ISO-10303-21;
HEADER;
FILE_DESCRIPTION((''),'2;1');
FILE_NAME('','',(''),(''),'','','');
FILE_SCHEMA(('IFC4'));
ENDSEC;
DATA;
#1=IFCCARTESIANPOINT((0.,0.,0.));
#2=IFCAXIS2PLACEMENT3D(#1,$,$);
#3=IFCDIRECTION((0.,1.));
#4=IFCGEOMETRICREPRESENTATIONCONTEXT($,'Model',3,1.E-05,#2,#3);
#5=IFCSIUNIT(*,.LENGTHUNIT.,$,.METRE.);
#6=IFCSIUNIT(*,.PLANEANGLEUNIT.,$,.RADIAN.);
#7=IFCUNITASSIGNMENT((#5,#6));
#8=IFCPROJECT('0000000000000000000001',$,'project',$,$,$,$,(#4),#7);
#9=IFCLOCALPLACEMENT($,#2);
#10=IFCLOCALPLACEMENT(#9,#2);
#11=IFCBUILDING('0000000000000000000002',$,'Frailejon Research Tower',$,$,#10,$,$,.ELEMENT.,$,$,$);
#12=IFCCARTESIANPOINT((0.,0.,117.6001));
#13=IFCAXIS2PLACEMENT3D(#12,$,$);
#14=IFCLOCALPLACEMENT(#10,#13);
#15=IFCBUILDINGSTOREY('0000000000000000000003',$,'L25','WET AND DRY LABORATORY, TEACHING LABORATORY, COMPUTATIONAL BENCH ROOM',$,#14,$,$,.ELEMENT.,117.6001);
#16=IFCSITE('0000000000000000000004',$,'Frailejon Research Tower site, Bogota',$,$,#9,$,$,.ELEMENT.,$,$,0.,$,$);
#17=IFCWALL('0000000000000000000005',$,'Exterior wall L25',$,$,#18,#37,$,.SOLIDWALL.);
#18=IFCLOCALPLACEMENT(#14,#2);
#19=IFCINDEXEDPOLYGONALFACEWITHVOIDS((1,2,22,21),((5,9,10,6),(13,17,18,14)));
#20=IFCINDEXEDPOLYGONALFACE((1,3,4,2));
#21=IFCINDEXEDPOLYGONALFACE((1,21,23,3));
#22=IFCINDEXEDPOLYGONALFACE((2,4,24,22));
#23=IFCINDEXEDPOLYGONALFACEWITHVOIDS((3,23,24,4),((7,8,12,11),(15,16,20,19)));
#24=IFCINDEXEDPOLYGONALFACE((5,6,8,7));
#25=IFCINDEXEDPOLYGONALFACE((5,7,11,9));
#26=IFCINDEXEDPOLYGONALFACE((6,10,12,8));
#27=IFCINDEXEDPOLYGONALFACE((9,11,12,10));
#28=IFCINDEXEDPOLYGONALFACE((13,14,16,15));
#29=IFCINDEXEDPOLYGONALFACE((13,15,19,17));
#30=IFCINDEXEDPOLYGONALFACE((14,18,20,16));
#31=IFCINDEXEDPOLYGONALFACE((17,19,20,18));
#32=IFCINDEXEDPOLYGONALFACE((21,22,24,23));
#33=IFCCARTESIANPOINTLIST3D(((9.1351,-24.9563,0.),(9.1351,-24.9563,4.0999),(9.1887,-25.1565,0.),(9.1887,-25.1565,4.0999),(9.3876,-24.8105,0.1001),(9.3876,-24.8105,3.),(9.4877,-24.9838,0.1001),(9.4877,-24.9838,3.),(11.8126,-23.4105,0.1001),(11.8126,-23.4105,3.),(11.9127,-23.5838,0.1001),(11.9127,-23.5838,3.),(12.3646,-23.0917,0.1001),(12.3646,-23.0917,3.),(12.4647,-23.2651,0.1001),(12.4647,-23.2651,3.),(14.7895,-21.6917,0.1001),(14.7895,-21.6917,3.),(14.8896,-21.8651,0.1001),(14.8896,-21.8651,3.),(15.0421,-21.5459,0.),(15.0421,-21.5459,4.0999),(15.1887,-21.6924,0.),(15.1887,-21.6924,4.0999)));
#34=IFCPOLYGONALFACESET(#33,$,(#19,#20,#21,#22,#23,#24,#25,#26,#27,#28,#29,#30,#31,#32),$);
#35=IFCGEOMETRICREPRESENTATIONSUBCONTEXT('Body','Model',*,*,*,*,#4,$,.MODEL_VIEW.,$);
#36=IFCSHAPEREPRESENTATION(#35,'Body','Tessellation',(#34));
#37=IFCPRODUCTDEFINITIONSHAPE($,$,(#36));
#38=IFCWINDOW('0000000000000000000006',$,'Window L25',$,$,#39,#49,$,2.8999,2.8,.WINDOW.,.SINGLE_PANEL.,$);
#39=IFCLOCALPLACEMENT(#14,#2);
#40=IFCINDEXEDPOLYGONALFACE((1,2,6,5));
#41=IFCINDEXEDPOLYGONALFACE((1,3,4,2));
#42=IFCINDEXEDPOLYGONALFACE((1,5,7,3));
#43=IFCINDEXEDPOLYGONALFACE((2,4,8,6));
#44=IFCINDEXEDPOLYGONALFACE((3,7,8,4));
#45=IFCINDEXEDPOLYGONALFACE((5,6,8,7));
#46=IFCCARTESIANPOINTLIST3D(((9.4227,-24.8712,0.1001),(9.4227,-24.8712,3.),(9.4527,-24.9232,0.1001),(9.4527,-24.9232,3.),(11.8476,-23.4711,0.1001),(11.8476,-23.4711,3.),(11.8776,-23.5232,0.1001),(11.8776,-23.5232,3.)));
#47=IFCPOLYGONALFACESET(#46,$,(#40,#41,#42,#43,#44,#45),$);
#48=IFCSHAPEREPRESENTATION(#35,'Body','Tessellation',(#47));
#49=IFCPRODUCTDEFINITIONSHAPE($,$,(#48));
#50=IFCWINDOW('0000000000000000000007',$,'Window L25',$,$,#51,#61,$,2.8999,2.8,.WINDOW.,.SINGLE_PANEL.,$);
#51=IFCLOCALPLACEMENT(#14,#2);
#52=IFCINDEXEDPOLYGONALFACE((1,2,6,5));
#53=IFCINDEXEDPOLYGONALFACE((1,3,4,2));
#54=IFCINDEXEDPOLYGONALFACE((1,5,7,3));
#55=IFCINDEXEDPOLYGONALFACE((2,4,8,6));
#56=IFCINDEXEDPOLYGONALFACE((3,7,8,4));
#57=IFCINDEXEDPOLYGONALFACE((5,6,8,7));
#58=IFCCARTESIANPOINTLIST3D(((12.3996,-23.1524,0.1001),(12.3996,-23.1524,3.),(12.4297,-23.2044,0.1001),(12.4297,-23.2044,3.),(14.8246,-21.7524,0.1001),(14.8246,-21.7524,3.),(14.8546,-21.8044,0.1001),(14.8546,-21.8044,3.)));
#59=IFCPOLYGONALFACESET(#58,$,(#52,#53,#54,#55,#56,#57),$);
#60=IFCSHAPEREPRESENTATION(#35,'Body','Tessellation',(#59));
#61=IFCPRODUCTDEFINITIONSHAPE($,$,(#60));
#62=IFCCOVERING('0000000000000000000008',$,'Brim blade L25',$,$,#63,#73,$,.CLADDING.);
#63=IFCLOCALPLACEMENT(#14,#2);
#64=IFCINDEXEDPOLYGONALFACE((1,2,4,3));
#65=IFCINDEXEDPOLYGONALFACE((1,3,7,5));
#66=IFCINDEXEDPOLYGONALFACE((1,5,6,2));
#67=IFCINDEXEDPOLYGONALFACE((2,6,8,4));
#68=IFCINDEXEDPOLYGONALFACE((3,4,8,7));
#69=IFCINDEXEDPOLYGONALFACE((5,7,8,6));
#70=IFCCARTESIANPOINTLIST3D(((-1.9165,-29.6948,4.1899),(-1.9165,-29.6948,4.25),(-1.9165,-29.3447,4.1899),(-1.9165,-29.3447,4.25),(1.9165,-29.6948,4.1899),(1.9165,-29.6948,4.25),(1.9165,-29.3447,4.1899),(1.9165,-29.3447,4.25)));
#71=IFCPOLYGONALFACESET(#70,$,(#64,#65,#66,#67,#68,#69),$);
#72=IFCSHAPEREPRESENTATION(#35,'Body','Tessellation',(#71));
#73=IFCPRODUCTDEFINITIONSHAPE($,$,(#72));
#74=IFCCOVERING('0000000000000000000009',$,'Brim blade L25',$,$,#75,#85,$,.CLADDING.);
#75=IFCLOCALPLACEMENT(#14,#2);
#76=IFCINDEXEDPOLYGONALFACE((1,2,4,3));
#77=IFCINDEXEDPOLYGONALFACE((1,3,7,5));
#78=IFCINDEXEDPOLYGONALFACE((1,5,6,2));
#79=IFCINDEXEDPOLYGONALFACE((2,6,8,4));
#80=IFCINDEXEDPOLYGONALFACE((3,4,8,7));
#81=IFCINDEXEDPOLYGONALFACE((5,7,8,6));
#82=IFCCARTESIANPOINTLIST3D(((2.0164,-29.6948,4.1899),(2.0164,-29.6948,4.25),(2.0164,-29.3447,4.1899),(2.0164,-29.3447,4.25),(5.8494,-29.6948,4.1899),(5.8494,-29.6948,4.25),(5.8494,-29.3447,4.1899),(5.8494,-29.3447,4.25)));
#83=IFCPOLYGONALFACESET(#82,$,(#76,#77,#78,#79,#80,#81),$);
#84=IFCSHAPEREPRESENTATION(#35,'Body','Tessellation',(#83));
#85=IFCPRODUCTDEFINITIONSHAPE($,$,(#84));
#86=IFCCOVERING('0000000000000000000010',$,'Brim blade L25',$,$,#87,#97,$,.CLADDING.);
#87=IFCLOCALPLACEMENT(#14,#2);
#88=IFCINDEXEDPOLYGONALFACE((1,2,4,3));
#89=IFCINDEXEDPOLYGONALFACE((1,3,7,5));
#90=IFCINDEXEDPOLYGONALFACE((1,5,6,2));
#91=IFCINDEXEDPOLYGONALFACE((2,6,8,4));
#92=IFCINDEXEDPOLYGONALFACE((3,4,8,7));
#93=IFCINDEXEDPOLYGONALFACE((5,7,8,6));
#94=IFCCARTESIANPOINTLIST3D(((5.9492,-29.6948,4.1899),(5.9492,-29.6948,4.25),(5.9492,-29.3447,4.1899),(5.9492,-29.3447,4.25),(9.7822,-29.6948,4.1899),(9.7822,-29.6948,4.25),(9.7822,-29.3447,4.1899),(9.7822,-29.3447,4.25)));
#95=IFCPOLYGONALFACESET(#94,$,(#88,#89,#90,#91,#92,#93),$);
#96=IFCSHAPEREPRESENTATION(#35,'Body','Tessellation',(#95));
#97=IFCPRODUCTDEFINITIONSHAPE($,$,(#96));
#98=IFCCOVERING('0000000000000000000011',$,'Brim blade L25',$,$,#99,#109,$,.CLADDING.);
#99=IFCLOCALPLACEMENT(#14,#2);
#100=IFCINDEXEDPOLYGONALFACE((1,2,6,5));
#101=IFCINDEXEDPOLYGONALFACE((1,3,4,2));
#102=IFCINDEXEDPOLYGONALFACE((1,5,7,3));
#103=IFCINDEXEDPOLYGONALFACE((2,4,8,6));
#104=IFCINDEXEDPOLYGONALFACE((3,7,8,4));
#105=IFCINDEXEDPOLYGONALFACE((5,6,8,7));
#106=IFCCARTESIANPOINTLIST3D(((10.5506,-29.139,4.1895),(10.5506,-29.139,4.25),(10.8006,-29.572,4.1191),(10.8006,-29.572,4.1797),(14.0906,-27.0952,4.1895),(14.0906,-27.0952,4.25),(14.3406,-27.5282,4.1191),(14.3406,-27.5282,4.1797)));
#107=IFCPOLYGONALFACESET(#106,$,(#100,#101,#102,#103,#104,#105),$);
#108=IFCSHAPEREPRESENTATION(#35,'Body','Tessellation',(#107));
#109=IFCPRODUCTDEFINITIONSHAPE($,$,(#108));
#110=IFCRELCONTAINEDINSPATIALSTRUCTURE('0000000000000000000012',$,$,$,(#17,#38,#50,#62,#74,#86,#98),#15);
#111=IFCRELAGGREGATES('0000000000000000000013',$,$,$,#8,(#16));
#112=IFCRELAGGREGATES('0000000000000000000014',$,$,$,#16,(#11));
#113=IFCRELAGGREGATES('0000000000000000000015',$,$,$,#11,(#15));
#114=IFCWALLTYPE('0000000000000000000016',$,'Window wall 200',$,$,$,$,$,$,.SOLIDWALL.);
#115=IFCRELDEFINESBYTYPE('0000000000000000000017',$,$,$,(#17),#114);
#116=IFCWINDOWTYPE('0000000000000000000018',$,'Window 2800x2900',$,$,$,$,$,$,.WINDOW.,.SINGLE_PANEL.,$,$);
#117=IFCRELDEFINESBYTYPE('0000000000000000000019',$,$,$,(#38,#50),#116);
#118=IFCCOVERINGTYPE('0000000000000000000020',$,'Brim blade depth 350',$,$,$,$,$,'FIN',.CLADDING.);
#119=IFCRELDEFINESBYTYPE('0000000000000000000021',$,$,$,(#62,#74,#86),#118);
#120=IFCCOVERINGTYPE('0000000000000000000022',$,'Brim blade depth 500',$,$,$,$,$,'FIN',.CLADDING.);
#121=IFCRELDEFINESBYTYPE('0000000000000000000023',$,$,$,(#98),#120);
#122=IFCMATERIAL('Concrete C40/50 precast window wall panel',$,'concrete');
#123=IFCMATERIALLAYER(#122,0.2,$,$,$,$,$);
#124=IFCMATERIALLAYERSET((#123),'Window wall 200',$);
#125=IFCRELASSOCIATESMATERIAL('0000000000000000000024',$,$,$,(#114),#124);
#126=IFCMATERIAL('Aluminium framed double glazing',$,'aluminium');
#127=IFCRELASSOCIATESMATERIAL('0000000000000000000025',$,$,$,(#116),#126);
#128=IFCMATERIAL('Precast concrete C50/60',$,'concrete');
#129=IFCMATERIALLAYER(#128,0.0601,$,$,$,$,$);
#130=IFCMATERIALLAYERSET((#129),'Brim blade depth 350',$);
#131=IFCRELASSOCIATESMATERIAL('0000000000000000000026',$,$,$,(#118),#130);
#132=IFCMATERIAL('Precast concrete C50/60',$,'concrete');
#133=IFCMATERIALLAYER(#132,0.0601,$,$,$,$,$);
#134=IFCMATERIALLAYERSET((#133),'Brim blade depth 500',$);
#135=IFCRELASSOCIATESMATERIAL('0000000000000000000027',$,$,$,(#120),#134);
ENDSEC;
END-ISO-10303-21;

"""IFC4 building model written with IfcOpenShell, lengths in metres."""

from ifc_helpers import new_model, si_unit, direction, frame, frame_2d, origin, place, context, subcontext, project, spatial, polyline, rectangle, outline, extrude, material, layer, layer_set, type_object, element, fill, save


model = new_model("IFC4")

# Units and contexts
model_context = context("Model", 3, precision=1e-05, world=origin(), true_north=direction((0.0, 1.0)))
body_context = subcontext(model_context, "Body", "Model", "MODEL_VIEW")
ifc_project = project(units=[si_unit("LENGTHUNIT", "METRE"), si_unit("PLANEANGLEUNIT", "RADIAN")], contexts=[model_context])

# Site, building, storey
site_placement = place(None, origin())
site = spatial("IfcSite", under=ifc_project, at=site_placement, Name="Frailejon Research Tower site, Bogota", CompositionType="ELEMENT", RefElevation=0.0)
building_placement = place(site_placement, origin())
building = spatial("IfcBuilding", under=site, at=building_placement, Name="Frailejon Research Tower", CompositionType="ELEMENT")
storey_placement = place(building_placement, frame((0.0, 0.0, 117.6001)))
storey = spatial("IfcBuildingStorey", under=building, at=storey_placement, Name="L25", Description="WET AND DRY LABORATORY, TEACHING LABORATORY, COMPUTATIONAL BENCH ROOM", CompositionType="ELEMENT", Elevation=117.6001)

# Wall, openings, windows
ifc_material_1 = material(Name="Concrete C40/50 precast window wall panel", Category="concrete")
ifc_layer_1 = layer(ifc_material_1, 0.2)
ifc_layer_set_1 = layer_set([ifc_layer_1], Name="Window wall 200")
wall_type = type_object("IfcWallType", Name="Window wall 200", PredefinedType="SOLIDWALL", material=ifc_layer_set_1)
wall_placement = place(storey_placement, frame((9.1619, -25.0564, 0.0), z_axis=(0.0, 0.0, 1.0), x_axis=(0.866029, 0.499993, 0.0)))
wall = element("IfcWall", 1, at=wall_placement, inside=storey, type_object=wall_type, Name="Exterior wall L25", PredefinedType="SOLIDWALL", context=body_context, shape_type="SweptSolid", body=[
    extrude(outline(polyline([(-0.0269, -0.1001), (1.1279, -0.1001), (2.2825, -0.1001), (3.4373, -0.1001), (4.592, -0.1001), (5.7466, -0.1001), (6.9014, -0.1001), (6.8477, 0.1001), (5.7109, 0.1001), (4.574, 0.1001), (3.4373, 0.1001), (2.3005, 0.1001), (1.1636, 0.1001), (0.0269, 0.1001), (-0.0269, -0.1001)])), origin(), (0.0, 0.0, 1.0), 4.0999),
])
opening_1_placement = place(wall_placement, frame((0.3186, 0.0, 0.1001)))
opening_1 = element("IfcOpeningElement", 2, at=opening_1_placement, cuts=wall, PredefinedType="OPENING", context=body_context, shape_type="SweptSolid", body=[
    extrude(rectangle(XDim=2.8, YDim=2.8999, at=frame_2d((1.3999, 1.45))), frame((0.0, 0.1099, 0.0), z_axis=(0.0, -1.0, 0.0), x_axis=(1.0, 0.0, 0.0)), (0.0, 0.0, 1.0), 0.22),
])
opening_2_placement = place(wall_placement, frame((3.7561, 0.0, 0.1001)))
opening_2 = element("IfcOpeningElement", 3, at=opening_2_placement, cuts=wall, PredefinedType="OPENING", context=body_context, shape_type="SweptSolid", body=[
    extrude(rectangle(XDim=2.8, YDim=2.8999, at=frame_2d((1.3999, 1.45))), frame((0.0, 0.1099, 0.0), z_axis=(0.0, -1.0, 0.0), x_axis=(1.0, 0.0, 0.0)), (0.0, 0.0, 1.0), 0.22),
])
ifc_material_2 = material(Name="Aluminium framed double glazing", Category="aluminium")
window_type = type_object("IfcWindowType", Name="Window 2800x2900", PartitioningType="SINGLE_PANEL", PredefinedType="WINDOW", material=ifc_material_2)
window_1_placement = place(opening_1_placement, origin())
window_1 = element("IfcWindow", 4, at=window_1_placement, inside=storey, type_object=window_type, Name="Window L25", OverallHeight=2.8999, OverallWidth=2.8, PartitioningType="SINGLE_PANEL", PredefinedType="WINDOW", context=body_context, shape_type="SweptSolid", body=[
    extrude(rectangle(XDim=2.8, YDim=2.8999, at=frame_2d((1.3999, 1.45))), frame((0.0, 0.03, 0.0), z_axis=(0.0, -1.0, 0.0), x_axis=(1.0, 0.0, 0.0)), (0.0, 0.0, 1.0), 0.0601),
])
fill(opening_1, window_1)
window_2_placement = place(opening_2_placement, origin())
window_2 = element("IfcWindow", 5, at=window_2_placement, inside=storey, type_object=window_type, Name="Window L25", OverallHeight=2.8999, OverallWidth=2.8, PartitioningType="SINGLE_PANEL", PredefinedType="WINDOW", context=body_context, shape_type="SweptSolid", body=[
    extrude(rectangle(XDim=2.8, YDim=2.8999, at=frame_2d((1.3999, 1.45))), frame((0.0, 0.03, 0.0), z_axis=(0.0, -1.0, 0.0), x_axis=(1.0, 0.0, 0.0)), (0.0, 0.0, 1.0), 0.0601),
])
fill(opening_2, window_2)

# Coverings
ifc_material_3 = material(Name="Precast concrete C50/60", Category="concrete")
ifc_layer_2 = layer(ifc_material_3, 0.0601)
ifc_layer_set_2 = layer_set([ifc_layer_2], Name="Brim blade depth 350")
covering_type_1 = type_object("IfcCoveringType", Name="Brim blade depth 350", ElementType="FIN", PredefinedType="CLADDING", material=ifc_layer_set_2)
for number, where, z_axis, x_axis, name in (
    (6, (1.9165, -29.3447, 4.25), (-1.0, 0.0, 0.0), (0.0, -1.0, 0.0), "Brim blade L25"),
    (7, (5.8494, -29.3447, 4.25), (-1.0, 0.0, 0.0), (0.0, -1.0, 0.0), "Brim blade L25"),
    (8, (9.7822, -29.3447, 4.25), (-1.0, 0.0, 0.0), (0.0, -1.0, 0.0), "Brim blade L25"),
):
    element("IfcCovering", number, at=place(storey_placement, frame(where, z_axis=z_axis, x_axis=x_axis)), inside=storey, type_object=covering_type_1, Name=name, PredefinedType="CLADDING", context=body_context, shape_type="SweptSolid", body=[
        extrude(outline(polyline([(0.0, -0.0601), (0.3501, -0.0601), (0.3501, 0.0), (0.0, 0.0), (0.0, -0.0601)])), origin(), (0.0, 0.0, 1.0), 3.833),
    ])
ifc_material_4 = material(Name="Precast concrete C50/60", Category="concrete")
ifc_layer_3 = layer(ifc_material_4, 0.0601)
ifc_layer_set_3 = layer_set([ifc_layer_3], Name="Brim blade depth 500")
covering_type_2 = type_object("IfcCoveringType", Name="Brim blade depth 500", ElementType="FIN", PredefinedType="CLADDING", material=ifc_layer_set_3)
covering_placement = place(storey_placement, frame((14.0906, -27.0952, 4.25), z_axis=(-0.866027, -0.499997, 0.0), x_axis=(0.499997, -0.866027, 0.0)))
element("IfcCovering", 9, at=covering_placement, inside=storey, type_object=covering_type_2, Name="Brim blade L25", PredefinedType="CLADDING", context=body_context, shape_type="SweptSolid", body=[
    extrude(outline(polyline([(0.0, -0.0605), (0.5, -0.1309), (0.5, -0.0703), (0.0, 0.0), (0.0, -0.0605)])), origin(), (0.0, 0.0, 1.0), 4.0876),
])

save(model, "model.ifc")
